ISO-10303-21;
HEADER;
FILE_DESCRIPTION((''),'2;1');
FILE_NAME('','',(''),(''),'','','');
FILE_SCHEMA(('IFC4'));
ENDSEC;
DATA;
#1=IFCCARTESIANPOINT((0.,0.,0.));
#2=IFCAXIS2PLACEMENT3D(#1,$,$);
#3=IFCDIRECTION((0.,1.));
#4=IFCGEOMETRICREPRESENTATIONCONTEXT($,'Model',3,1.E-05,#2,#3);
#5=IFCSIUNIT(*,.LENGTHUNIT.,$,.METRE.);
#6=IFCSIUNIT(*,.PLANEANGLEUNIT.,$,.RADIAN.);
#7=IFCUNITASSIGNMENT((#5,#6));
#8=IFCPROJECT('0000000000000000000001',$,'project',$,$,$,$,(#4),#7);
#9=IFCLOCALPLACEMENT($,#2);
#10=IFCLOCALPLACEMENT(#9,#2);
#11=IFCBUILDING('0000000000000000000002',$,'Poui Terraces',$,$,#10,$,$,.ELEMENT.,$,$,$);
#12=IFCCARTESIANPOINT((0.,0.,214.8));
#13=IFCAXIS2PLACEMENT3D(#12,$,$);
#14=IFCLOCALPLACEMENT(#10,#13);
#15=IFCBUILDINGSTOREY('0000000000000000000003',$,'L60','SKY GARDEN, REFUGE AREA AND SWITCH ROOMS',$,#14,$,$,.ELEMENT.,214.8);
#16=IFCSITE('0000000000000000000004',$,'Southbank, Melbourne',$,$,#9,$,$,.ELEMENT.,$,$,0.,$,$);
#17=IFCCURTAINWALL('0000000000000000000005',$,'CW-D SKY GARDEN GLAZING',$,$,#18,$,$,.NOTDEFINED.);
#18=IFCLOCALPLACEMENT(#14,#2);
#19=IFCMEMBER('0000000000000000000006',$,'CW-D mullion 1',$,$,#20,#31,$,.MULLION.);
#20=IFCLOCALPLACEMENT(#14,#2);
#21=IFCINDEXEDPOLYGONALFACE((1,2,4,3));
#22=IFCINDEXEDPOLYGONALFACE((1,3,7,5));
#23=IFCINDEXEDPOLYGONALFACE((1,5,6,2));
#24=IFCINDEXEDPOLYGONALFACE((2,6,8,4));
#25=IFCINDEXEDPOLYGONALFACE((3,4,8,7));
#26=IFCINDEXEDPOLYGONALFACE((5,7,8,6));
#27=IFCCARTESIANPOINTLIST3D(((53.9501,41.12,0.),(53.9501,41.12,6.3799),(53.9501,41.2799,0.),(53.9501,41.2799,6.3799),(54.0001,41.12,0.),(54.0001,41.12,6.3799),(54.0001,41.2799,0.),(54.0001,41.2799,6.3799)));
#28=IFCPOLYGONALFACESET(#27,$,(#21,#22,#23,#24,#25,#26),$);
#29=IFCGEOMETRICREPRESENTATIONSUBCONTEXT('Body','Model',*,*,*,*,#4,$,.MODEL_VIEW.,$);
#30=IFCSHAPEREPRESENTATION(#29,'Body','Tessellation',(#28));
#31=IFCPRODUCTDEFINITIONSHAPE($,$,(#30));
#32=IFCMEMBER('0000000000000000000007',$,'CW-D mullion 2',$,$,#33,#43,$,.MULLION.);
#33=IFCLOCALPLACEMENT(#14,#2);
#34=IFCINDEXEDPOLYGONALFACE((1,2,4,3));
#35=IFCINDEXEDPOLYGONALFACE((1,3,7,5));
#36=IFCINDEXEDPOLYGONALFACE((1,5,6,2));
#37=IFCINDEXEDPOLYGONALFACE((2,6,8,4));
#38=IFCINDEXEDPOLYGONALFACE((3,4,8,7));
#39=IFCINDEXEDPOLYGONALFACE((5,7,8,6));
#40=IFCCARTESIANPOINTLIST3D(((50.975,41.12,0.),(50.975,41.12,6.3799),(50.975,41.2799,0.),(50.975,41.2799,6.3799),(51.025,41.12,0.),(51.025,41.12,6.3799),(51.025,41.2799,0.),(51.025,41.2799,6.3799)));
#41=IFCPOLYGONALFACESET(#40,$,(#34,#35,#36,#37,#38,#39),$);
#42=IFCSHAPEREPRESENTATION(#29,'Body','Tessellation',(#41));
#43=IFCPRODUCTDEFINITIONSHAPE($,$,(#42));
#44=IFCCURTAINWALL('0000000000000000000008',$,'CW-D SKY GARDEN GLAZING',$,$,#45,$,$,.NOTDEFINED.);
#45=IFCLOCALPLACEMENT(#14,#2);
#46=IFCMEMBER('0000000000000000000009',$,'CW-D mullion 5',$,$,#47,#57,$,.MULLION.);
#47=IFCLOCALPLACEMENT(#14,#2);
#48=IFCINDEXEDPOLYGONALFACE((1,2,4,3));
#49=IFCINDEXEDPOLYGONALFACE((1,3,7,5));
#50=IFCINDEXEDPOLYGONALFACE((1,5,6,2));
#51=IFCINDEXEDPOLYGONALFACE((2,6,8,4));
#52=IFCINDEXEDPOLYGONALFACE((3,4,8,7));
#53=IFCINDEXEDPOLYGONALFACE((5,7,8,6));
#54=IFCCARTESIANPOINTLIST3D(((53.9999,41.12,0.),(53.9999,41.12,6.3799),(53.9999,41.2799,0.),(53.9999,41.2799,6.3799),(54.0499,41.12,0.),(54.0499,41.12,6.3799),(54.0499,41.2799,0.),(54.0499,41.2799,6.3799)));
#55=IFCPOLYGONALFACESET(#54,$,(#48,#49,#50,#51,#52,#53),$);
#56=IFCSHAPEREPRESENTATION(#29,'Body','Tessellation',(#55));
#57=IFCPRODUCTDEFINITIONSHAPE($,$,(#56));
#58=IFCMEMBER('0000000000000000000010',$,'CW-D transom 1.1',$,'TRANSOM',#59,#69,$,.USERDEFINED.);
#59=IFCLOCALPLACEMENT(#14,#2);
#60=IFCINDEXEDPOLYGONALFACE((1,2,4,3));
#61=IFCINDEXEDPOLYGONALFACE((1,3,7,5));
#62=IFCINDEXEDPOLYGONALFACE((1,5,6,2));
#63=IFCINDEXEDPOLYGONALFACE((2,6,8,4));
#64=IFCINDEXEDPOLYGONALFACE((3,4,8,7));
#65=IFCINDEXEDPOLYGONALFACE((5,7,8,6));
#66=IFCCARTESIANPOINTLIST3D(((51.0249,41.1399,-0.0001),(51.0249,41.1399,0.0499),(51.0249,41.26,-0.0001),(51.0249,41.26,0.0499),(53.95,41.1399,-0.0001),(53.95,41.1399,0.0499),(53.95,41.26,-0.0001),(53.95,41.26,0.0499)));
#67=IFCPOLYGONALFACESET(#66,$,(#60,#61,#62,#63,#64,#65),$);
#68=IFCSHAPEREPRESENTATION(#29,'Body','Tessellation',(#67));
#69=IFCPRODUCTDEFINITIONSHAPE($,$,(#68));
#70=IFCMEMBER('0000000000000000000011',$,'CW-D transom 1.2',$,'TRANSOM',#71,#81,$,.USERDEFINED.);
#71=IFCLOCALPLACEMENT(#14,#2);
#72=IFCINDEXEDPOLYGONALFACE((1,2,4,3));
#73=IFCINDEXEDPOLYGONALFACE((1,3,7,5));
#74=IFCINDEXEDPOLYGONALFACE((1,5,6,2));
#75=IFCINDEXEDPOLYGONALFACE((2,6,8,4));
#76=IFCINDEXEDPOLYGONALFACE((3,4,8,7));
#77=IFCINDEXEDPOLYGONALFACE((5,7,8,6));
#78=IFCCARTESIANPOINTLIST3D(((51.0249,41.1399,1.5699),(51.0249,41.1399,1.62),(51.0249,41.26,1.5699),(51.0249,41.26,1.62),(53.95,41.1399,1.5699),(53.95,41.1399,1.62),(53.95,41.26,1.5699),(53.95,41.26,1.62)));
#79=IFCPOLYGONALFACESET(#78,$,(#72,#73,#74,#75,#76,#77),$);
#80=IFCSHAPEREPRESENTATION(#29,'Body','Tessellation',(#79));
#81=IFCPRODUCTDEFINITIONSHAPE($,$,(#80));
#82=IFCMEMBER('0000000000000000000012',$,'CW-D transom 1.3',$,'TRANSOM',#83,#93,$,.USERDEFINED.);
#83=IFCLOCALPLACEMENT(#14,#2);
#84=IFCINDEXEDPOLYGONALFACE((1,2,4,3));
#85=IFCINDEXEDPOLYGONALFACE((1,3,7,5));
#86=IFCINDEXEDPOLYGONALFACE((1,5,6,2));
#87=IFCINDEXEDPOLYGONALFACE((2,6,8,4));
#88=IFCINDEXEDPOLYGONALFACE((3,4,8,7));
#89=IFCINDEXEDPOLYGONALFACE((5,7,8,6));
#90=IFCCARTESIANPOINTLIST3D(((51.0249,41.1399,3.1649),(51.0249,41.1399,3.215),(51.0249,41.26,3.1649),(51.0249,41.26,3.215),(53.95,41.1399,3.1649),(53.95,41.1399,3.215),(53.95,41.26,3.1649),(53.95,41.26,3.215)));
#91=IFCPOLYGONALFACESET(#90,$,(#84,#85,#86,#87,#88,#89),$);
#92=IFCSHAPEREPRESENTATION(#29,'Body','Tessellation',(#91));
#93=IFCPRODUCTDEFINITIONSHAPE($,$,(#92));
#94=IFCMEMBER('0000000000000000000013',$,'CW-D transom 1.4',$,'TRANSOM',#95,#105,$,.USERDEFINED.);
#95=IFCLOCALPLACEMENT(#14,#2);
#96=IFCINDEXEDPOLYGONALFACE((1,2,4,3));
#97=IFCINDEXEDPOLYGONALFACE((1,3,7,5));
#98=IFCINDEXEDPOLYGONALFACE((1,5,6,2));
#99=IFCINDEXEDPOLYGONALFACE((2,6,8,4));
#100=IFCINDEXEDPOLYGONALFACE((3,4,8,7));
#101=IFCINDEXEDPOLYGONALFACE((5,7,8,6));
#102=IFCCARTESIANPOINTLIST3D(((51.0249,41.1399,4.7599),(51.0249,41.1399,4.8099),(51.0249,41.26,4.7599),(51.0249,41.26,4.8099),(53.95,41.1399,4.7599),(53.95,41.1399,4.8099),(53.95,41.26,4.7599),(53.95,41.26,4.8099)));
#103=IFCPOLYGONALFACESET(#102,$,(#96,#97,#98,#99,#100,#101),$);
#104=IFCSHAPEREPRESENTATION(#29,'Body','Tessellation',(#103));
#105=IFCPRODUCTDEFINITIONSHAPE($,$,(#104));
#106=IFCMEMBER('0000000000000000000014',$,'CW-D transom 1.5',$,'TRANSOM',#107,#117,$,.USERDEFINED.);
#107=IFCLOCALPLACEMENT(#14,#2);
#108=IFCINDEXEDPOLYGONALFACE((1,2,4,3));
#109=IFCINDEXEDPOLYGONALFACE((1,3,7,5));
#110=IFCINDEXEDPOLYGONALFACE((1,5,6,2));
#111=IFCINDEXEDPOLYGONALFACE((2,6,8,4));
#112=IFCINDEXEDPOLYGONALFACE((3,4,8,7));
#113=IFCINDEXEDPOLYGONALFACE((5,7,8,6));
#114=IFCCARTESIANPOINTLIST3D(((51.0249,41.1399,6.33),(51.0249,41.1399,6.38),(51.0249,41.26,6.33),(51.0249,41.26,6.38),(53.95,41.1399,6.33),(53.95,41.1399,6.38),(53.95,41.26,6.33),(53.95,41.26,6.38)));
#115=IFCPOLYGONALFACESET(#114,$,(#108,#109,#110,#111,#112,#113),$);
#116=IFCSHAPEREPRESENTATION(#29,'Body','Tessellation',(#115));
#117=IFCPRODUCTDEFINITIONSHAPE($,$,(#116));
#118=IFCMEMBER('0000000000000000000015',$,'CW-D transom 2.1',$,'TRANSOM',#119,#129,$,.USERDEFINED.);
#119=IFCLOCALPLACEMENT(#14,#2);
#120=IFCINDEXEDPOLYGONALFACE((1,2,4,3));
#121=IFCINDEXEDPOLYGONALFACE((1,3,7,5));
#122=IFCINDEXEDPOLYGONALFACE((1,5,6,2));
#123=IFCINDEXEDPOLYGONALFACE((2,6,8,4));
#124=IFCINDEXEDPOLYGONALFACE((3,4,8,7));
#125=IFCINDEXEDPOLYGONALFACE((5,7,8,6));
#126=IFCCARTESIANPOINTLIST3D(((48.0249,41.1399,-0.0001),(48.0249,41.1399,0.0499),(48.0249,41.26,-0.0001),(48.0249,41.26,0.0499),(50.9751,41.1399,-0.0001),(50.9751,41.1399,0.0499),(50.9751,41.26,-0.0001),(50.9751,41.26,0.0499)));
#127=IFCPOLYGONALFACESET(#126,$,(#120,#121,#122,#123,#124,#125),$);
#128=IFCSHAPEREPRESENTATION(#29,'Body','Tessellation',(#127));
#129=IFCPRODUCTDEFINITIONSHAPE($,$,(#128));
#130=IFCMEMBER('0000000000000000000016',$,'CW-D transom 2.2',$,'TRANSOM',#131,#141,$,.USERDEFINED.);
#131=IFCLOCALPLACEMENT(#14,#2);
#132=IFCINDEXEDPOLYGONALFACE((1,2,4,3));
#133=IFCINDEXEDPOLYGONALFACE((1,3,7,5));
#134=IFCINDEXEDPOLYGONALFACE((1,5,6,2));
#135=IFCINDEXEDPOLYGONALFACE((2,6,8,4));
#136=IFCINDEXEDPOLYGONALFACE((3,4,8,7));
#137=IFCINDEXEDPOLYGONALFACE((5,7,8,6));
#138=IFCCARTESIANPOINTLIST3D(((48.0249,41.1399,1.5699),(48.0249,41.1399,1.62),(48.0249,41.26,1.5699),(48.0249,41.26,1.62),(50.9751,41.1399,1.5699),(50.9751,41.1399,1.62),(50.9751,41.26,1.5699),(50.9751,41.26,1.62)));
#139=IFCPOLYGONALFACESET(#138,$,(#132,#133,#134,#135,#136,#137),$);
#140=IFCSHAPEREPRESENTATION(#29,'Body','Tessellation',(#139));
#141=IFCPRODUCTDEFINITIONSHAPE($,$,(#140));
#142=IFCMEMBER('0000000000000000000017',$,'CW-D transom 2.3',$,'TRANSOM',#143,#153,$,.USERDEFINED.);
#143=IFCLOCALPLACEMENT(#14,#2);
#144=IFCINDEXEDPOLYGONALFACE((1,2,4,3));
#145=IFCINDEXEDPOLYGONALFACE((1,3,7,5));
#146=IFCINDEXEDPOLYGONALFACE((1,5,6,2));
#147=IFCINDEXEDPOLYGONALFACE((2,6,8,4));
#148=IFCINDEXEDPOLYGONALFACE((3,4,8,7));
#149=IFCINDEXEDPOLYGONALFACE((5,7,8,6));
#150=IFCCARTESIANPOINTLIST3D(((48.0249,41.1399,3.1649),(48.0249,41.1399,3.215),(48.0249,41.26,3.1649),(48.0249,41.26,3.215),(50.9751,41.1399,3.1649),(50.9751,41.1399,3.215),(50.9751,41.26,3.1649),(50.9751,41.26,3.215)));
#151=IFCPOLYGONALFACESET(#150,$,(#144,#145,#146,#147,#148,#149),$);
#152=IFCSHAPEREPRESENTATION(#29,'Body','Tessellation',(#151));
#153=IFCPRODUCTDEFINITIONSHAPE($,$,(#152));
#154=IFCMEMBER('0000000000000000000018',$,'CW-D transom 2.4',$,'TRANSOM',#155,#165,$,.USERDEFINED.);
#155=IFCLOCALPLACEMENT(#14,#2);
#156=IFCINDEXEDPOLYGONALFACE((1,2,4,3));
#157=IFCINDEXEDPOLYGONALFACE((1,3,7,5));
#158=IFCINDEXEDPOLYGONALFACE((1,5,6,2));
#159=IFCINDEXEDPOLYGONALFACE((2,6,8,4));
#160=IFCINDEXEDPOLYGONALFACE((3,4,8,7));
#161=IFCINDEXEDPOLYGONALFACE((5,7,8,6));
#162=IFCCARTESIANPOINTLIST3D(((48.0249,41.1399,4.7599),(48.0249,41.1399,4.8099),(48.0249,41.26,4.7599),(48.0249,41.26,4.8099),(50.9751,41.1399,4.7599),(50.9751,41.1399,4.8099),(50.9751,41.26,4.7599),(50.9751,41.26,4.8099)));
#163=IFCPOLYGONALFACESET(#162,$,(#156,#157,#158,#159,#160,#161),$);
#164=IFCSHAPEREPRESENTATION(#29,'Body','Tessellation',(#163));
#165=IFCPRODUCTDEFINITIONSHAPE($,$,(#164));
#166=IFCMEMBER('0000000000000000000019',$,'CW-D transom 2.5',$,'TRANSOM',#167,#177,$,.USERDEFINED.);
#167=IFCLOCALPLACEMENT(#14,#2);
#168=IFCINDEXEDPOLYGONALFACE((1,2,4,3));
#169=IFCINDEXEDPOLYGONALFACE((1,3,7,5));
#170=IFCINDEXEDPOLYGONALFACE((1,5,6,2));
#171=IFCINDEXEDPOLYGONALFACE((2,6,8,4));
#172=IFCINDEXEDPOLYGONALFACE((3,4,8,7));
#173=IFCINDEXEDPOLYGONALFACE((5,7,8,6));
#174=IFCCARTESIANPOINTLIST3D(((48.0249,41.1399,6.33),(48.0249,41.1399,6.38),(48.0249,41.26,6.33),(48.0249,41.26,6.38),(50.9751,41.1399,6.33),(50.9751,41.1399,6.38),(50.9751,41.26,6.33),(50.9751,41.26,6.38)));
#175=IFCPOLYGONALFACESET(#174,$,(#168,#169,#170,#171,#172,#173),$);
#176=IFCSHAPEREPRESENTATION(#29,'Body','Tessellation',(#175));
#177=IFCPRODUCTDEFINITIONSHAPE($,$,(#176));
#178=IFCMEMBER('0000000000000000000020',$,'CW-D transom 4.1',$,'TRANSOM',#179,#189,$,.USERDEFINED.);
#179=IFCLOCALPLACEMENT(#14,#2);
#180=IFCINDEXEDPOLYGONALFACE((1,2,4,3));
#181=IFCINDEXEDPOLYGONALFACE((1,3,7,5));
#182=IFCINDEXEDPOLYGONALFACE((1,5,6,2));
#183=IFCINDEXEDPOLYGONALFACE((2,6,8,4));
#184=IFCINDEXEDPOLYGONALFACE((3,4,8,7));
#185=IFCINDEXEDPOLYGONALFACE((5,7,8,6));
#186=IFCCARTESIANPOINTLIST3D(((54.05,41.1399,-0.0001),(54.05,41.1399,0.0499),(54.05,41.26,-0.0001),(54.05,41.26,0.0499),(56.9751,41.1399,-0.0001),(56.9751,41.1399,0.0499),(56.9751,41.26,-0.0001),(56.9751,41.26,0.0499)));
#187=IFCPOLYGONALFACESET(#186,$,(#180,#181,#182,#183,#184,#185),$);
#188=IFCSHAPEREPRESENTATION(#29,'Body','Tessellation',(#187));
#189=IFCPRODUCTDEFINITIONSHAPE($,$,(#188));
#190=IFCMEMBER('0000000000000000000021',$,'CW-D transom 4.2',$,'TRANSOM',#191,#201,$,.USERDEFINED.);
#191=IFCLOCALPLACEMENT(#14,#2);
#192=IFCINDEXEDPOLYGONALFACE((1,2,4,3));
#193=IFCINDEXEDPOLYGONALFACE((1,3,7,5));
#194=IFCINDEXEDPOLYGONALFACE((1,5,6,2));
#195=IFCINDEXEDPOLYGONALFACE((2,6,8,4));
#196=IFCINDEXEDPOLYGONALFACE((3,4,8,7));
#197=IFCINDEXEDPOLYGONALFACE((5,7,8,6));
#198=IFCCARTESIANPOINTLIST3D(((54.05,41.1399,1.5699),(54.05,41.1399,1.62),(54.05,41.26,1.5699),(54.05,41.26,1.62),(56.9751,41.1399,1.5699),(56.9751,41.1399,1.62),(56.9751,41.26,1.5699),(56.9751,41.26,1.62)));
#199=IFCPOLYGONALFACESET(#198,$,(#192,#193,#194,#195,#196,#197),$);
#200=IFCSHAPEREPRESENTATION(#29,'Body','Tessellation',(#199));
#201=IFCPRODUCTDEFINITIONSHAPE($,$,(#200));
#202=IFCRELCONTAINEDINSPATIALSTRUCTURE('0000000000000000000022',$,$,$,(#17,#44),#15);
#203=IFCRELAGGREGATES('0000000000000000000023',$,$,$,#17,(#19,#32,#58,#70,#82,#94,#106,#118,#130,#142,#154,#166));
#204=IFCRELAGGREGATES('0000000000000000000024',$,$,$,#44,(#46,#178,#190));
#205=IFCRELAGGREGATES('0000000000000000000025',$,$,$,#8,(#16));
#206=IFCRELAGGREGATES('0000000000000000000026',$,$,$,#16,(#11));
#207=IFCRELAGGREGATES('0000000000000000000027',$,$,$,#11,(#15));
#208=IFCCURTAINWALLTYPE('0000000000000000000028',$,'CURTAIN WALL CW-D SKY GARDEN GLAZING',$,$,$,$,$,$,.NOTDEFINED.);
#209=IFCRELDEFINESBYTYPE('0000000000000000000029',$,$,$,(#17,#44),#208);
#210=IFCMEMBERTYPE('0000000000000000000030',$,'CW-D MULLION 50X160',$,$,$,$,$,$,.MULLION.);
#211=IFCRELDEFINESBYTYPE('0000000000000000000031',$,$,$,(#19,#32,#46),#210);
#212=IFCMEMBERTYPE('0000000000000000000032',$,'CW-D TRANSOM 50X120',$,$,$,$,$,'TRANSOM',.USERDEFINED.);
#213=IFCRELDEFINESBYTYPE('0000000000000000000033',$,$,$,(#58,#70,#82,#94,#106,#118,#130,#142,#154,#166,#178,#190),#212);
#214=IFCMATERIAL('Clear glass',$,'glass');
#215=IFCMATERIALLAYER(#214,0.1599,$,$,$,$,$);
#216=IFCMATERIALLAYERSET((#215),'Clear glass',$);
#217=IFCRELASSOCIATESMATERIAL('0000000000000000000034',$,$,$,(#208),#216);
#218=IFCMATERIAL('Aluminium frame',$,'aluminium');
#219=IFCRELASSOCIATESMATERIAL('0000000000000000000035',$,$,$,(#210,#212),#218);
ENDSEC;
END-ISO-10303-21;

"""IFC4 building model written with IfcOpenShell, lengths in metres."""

from ifc_helpers import new_model, si_unit, direction, frame, origin, origin_2d, place, context, subcontext, project, spatial, rectangle, extrude, material, layer, layer_set, material_profile, profile_set, type_object, element, aggregate, save


model = new_model("IFC4")

# Units and contexts
model_context = context("Model", 3, precision=1e-05, world=origin(), true_north=direction((0.0, 1.0)))
body_context = subcontext(model_context, "Body", "Model", "MODEL_VIEW")
ifc_project = project(units=[si_unit("LENGTHUNIT", "METRE"), si_unit("PLANEANGLEUNIT", "RADIAN")], contexts=[model_context])

# Site, building, storey
site_placement = place(None, origin())
site = spatial("IfcSite", under=ifc_project, at=site_placement, Name="Southbank, Melbourne", CompositionType="ELEMENT", RefElevation=0.0)
building_placement = place(site_placement, origin())
building = spatial("IfcBuilding", under=site, at=building_placement, Name="Poui Terraces", CompositionType="ELEMENT")
storey_placement = place(building_placement, frame((0.0, 0.0, 214.8)))
storey = spatial("IfcBuildingStorey", under=building, at=storey_placement, Name="L60", Description="SKY GARDEN, REFUGE AREA AND SWITCH ROOMS", CompositionType="ELEMENT", Elevation=214.8)

# Curtain wall, members
ifc_material_1 = material(Name="Clear glass", Category="glass")
ifc_layer_1 = layer(ifc_material_1, 0.1599)
ifc_layer_set_1 = layer_set([ifc_layer_1], Name="Clear glass")
curtain_wall_type = type_object("IfcCurtainWallType", Name="CURTAIN WALL CW-D SKY GARDEN GLAZING", PredefinedType="NOTDEFINED", material=ifc_layer_set_1)
curtain_wall_1_placement = place(storey_placement, origin())
curtain_wall_1 = element("IfcCurtainWall", 1, at=curtain_wall_1_placement, inside=storey, type_object=curtain_wall_type, Name="CW-D SKY GARDEN GLAZING", PredefinedType="NOTDEFINED")
ifc_material_2 = material(Name="Aluminium frame", Category="aluminium")
ifc_material_profile_1 = material_profile(ifc_material_2, rectangle(XDim=0.1599, YDim=0.05, at=origin_2d()), Name="CW-D MULLION 50X160")
ifc_profile_set_1 = profile_set([ifc_material_profile_1], Name="Aluminium frame")
member_type_1 = type_object("IfcMemberType", Name="CW-D MULLION 50X160", PredefinedType="MULLION", material=ifc_profile_set_1)
member_1_placement = place(storey_placement, frame((53.9751, 41.2, 0.0), z_axis=(0.0, 0.0, 1.0), x_axis=(0.0, -1.0, 0.0)))
member_1 = element("IfcMember", 2, at=member_1_placement, type_object=member_type_1, Name="CW-D mullion 1", PredefinedType="MULLION", context=body_context, shape_type="SweptSolid", body=[
    extrude(rectangle(XDim=0.1599, YDim=0.05, at=origin_2d()), origin(), (0.0, 0.0, 1.0), 6.3799),
])
member_2_placement = place(storey_placement, frame((51.0, 41.2, 0.0), z_axis=(0.0, 0.0, 1.0), x_axis=(0.0, -1.0, 0.0)))
member_2 = element("IfcMember", 3, at=member_2_placement, type_object=member_type_1, Name="CW-D mullion 2", PredefinedType="MULLION", context=body_context, shape_type="SweptSolid", body=[
    extrude(rectangle(XDim=0.1599, YDim=0.05, at=origin_2d()), origin(), (0.0, 0.0, 1.0), 6.3799),
])

# Curtain wall, member
curtain_wall_2_placement = place(storey_placement, origin())
curtain_wall_2 = element("IfcCurtainWall", 4, at=curtain_wall_2_placement, inside=storey, type_object=curtain_wall_type, Name="CW-D SKY GARDEN GLAZING", PredefinedType="NOTDEFINED")
member_3_placement = place(storey_placement, frame((54.0249, 41.2, 0.0), z_axis=(0.0, 0.0, 1.0), x_axis=(0.0, -1.0, 0.0)))
member_3 = element("IfcMember", 5, at=member_3_placement, type_object=member_type_1, Name="CW-D mullion 5", PredefinedType="MULLION", context=body_context, shape_type="SweptSolid", body=[
    extrude(rectangle(XDim=0.1599, YDim=0.05, at=origin_2d()), origin(), (0.0, 0.0, 1.0), 6.3799),
])

# Members
ifc_material_profile_2 = material_profile(ifc_material_2, rectangle(XDim=0.1201, YDim=0.05, at=origin_2d()), Name="CW-D TRANSOM 50X120")
ifc_profile_set_2 = profile_set([ifc_material_profile_2], Name="Aluminium frame")
member_type_2 = type_object("IfcMemberType", Name="CW-D TRANSOM 50X120", ElementType="TRANSOM", PredefinedType="USERDEFINED", material=ifc_profile_set_2)
member_4_placement = place(storey_placement, frame((53.95, 41.2, 0.0249), z_axis=(-1.0, 0.0, 0.0), x_axis=(0.0, -1.0, 0.0)))
member_4 = element("IfcMember", 6, at=member_4_placement, type_object=member_type_2, Name="CW-D transom 1.1", ObjectType="TRANSOM", PredefinedType="USERDEFINED", context=body_context, shape_type="SweptSolid", body=[
    extrude(rectangle(XDim=0.1201, YDim=0.05, at=origin_2d()), origin(), (0.0, 0.0, 1.0), 2.925),
])
member_5_placement = place(storey_placement, frame((53.95, 41.2, 1.595), z_axis=(-1.0, 0.0, 0.0), x_axis=(0.0, -1.0, 0.0)))
member_5 = element("IfcMember", 7, at=member_5_placement, type_object=member_type_2, Name="CW-D transom 1.2", ObjectType="TRANSOM", PredefinedType="USERDEFINED", context=body_context, shape_type="SweptSolid", body=[
    extrude(rectangle(XDim=0.1201, YDim=0.05, at=origin_2d()), origin(), (0.0, 0.0, 1.0), 2.925),
])
member_6_placement = place(storey_placement, frame((53.95, 41.2, 3.1899), z_axis=(-1.0, 0.0, 0.0), x_axis=(0.0, -1.0, 0.0)))
member_6 = element("IfcMember", 8, at=member_6_placement, type_object=member_type_2, Name="CW-D transom 1.3", ObjectType="TRANSOM", PredefinedType="USERDEFINED", context=body_context, shape_type="SweptSolid", body=[
    extrude(rectangle(XDim=0.1201, YDim=0.05, at=origin_2d()), origin(), (0.0, 0.0, 1.0), 2.925),
])
member_7_placement = place(storey_placement, frame((53.95, 41.2, 4.7849), z_axis=(-1.0, 0.0, 0.0), x_axis=(0.0, -1.0, 0.0)))
member_7 = element("IfcMember", 9, at=member_7_placement, type_object=member_type_2, Name="CW-D transom 1.4", ObjectType="TRANSOM", PredefinedType="USERDEFINED", context=body_context, shape_type="SweptSolid", body=[
    extrude(rectangle(XDim=0.1201, YDim=0.05, at=origin_2d()), origin(), (0.0, 0.0, 1.0), 2.925),
])
member_8_placement = place(storey_placement, frame((53.95, 41.2, 6.355), z_axis=(-1.0, 0.0, 0.0), x_axis=(0.0, -1.0, 0.0)))
member_8 = element("IfcMember", 10, at=member_8_placement, type_object=member_type_2, Name="CW-D transom 1.5", ObjectType="TRANSOM", PredefinedType="USERDEFINED", context=body_context, shape_type="SweptSolid", body=[
    extrude(rectangle(XDim=0.1201, YDim=0.05, at=origin_2d()), origin(), (0.0, 0.0, 1.0), 2.925),
])
member_9_placement = place(storey_placement, frame((50.9751, 41.2, 0.0249), z_axis=(-1.0, 0.0, 0.0), x_axis=(0.0, -1.0, 0.0)))
member_9 = element("IfcMember", 11, at=member_9_placement, type_object=member_type_2, Name="CW-D transom 2.1", ObjectType="TRANSOM", PredefinedType="USERDEFINED", context=body_context, shape_type="SweptSolid", body=[
    extrude(rectangle(XDim=0.1201, YDim=0.05, at=origin_2d()), origin(), (0.0, 0.0, 1.0), 2.9502),
])
member_10_placement = place(storey_placement, frame((50.9751, 41.2, 1.595), z_axis=(-1.0, 0.0, 0.0), x_axis=(0.0, -1.0, 0.0)))
member_10 = element("IfcMember", 12, at=member_10_placement, type_object=member_type_2, Name="CW-D transom 2.2", ObjectType="TRANSOM", PredefinedType="USERDEFINED", context=body_context, shape_type="SweptSolid", body=[
    extrude(rectangle(XDim=0.1201, YDim=0.05, at=origin_2d()), origin(), (0.0, 0.0, 1.0), 2.9502),
])
member_11_placement = place(storey_placement, frame((50.9751, 41.2, 3.1899), z_axis=(-1.0, 0.0, 0.0), x_axis=(0.0, -1.0, 0.0)))
member_11 = element("IfcMember", 13, at=member_11_placement, type_object=member_type_2, Name="CW-D transom 2.3", ObjectType="TRANSOM", PredefinedType="USERDEFINED", context=body_context, shape_type="SweptSolid", body=[
    extrude(rectangle(XDim=0.1201, YDim=0.05, at=origin_2d()), origin(), (0.0, 0.0, 1.0), 2.9502),
])
member_12_placement = place(storey_placement, frame((50.9751, 41.2, 4.7849), z_axis=(-1.0, 0.0, 0.0), x_axis=(0.0, -1.0, 0.0)))
member_12 = element("IfcMember", 14, at=member_12_placement, type_object=member_type_2, Name="CW-D transom 2.4", ObjectType="TRANSOM", PredefinedType="USERDEFINED", context=body_context, shape_type="SweptSolid", body=[
    extrude(rectangle(XDim=0.1201, YDim=0.05, at=origin_2d()), origin(), (0.0, 0.0, 1.0), 2.9502),
])
member_13_placement = place(storey_placement, frame((50.9751, 41.2, 6.355), z_axis=(-1.0, 0.0, 0.0), x_axis=(0.0, -1.0, 0.0)))
member_13 = element("IfcMember", 15, at=member_13_placement, type_object=member_type_2, Name="CW-D transom 2.5", ObjectType="TRANSOM", PredefinedType="USERDEFINED", context=body_context, shape_type="SweptSolid", body=[
    extrude(rectangle(XDim=0.1201, YDim=0.05, at=origin_2d()), origin(), (0.0, 0.0, 1.0), 2.9502),
])
member_14_placement = place(storey_placement, frame((56.9751, 41.2, 0.0249), z_axis=(-1.0, 0.0, 0.0), x_axis=(0.0, -1.0, 0.0)))
member_14 = element("IfcMember", 16, at=member_14_placement, type_object=member_type_2, Name="CW-D transom 4.1", ObjectType="TRANSOM", PredefinedType="USERDEFINED", context=body_context, shape_type="SweptSolid", body=[
    extrude(rectangle(XDim=0.1201, YDim=0.05, at=origin_2d()), origin(), (0.0, 0.0, 1.0), 2.925),
])
member_15_placement = place(storey_placement, frame((56.9751, 41.2, 1.595), z_axis=(-1.0, 0.0, 0.0), x_axis=(0.0, -1.0, 0.0)))
member_15 = element("IfcMember", 17, at=member_15_placement, type_object=member_type_2, Name="CW-D transom 4.2", ObjectType="TRANSOM", PredefinedType="USERDEFINED", context=body_context, shape_type="SweptSolid", body=[
    extrude(rectangle(XDim=0.1201, YDim=0.05, at=origin_2d()), origin(), (0.0, 0.0, 1.0), 2.925),
])

aggregate(curtain_wall_1, [member_1, member_2, member_4, member_5, member_6, member_7, member_8, member_9, member_10, member_11, member_12, member_13])
aggregate(curtain_wall_2, [member_3, member_14, member_15])

save(model, "model.ifc")
